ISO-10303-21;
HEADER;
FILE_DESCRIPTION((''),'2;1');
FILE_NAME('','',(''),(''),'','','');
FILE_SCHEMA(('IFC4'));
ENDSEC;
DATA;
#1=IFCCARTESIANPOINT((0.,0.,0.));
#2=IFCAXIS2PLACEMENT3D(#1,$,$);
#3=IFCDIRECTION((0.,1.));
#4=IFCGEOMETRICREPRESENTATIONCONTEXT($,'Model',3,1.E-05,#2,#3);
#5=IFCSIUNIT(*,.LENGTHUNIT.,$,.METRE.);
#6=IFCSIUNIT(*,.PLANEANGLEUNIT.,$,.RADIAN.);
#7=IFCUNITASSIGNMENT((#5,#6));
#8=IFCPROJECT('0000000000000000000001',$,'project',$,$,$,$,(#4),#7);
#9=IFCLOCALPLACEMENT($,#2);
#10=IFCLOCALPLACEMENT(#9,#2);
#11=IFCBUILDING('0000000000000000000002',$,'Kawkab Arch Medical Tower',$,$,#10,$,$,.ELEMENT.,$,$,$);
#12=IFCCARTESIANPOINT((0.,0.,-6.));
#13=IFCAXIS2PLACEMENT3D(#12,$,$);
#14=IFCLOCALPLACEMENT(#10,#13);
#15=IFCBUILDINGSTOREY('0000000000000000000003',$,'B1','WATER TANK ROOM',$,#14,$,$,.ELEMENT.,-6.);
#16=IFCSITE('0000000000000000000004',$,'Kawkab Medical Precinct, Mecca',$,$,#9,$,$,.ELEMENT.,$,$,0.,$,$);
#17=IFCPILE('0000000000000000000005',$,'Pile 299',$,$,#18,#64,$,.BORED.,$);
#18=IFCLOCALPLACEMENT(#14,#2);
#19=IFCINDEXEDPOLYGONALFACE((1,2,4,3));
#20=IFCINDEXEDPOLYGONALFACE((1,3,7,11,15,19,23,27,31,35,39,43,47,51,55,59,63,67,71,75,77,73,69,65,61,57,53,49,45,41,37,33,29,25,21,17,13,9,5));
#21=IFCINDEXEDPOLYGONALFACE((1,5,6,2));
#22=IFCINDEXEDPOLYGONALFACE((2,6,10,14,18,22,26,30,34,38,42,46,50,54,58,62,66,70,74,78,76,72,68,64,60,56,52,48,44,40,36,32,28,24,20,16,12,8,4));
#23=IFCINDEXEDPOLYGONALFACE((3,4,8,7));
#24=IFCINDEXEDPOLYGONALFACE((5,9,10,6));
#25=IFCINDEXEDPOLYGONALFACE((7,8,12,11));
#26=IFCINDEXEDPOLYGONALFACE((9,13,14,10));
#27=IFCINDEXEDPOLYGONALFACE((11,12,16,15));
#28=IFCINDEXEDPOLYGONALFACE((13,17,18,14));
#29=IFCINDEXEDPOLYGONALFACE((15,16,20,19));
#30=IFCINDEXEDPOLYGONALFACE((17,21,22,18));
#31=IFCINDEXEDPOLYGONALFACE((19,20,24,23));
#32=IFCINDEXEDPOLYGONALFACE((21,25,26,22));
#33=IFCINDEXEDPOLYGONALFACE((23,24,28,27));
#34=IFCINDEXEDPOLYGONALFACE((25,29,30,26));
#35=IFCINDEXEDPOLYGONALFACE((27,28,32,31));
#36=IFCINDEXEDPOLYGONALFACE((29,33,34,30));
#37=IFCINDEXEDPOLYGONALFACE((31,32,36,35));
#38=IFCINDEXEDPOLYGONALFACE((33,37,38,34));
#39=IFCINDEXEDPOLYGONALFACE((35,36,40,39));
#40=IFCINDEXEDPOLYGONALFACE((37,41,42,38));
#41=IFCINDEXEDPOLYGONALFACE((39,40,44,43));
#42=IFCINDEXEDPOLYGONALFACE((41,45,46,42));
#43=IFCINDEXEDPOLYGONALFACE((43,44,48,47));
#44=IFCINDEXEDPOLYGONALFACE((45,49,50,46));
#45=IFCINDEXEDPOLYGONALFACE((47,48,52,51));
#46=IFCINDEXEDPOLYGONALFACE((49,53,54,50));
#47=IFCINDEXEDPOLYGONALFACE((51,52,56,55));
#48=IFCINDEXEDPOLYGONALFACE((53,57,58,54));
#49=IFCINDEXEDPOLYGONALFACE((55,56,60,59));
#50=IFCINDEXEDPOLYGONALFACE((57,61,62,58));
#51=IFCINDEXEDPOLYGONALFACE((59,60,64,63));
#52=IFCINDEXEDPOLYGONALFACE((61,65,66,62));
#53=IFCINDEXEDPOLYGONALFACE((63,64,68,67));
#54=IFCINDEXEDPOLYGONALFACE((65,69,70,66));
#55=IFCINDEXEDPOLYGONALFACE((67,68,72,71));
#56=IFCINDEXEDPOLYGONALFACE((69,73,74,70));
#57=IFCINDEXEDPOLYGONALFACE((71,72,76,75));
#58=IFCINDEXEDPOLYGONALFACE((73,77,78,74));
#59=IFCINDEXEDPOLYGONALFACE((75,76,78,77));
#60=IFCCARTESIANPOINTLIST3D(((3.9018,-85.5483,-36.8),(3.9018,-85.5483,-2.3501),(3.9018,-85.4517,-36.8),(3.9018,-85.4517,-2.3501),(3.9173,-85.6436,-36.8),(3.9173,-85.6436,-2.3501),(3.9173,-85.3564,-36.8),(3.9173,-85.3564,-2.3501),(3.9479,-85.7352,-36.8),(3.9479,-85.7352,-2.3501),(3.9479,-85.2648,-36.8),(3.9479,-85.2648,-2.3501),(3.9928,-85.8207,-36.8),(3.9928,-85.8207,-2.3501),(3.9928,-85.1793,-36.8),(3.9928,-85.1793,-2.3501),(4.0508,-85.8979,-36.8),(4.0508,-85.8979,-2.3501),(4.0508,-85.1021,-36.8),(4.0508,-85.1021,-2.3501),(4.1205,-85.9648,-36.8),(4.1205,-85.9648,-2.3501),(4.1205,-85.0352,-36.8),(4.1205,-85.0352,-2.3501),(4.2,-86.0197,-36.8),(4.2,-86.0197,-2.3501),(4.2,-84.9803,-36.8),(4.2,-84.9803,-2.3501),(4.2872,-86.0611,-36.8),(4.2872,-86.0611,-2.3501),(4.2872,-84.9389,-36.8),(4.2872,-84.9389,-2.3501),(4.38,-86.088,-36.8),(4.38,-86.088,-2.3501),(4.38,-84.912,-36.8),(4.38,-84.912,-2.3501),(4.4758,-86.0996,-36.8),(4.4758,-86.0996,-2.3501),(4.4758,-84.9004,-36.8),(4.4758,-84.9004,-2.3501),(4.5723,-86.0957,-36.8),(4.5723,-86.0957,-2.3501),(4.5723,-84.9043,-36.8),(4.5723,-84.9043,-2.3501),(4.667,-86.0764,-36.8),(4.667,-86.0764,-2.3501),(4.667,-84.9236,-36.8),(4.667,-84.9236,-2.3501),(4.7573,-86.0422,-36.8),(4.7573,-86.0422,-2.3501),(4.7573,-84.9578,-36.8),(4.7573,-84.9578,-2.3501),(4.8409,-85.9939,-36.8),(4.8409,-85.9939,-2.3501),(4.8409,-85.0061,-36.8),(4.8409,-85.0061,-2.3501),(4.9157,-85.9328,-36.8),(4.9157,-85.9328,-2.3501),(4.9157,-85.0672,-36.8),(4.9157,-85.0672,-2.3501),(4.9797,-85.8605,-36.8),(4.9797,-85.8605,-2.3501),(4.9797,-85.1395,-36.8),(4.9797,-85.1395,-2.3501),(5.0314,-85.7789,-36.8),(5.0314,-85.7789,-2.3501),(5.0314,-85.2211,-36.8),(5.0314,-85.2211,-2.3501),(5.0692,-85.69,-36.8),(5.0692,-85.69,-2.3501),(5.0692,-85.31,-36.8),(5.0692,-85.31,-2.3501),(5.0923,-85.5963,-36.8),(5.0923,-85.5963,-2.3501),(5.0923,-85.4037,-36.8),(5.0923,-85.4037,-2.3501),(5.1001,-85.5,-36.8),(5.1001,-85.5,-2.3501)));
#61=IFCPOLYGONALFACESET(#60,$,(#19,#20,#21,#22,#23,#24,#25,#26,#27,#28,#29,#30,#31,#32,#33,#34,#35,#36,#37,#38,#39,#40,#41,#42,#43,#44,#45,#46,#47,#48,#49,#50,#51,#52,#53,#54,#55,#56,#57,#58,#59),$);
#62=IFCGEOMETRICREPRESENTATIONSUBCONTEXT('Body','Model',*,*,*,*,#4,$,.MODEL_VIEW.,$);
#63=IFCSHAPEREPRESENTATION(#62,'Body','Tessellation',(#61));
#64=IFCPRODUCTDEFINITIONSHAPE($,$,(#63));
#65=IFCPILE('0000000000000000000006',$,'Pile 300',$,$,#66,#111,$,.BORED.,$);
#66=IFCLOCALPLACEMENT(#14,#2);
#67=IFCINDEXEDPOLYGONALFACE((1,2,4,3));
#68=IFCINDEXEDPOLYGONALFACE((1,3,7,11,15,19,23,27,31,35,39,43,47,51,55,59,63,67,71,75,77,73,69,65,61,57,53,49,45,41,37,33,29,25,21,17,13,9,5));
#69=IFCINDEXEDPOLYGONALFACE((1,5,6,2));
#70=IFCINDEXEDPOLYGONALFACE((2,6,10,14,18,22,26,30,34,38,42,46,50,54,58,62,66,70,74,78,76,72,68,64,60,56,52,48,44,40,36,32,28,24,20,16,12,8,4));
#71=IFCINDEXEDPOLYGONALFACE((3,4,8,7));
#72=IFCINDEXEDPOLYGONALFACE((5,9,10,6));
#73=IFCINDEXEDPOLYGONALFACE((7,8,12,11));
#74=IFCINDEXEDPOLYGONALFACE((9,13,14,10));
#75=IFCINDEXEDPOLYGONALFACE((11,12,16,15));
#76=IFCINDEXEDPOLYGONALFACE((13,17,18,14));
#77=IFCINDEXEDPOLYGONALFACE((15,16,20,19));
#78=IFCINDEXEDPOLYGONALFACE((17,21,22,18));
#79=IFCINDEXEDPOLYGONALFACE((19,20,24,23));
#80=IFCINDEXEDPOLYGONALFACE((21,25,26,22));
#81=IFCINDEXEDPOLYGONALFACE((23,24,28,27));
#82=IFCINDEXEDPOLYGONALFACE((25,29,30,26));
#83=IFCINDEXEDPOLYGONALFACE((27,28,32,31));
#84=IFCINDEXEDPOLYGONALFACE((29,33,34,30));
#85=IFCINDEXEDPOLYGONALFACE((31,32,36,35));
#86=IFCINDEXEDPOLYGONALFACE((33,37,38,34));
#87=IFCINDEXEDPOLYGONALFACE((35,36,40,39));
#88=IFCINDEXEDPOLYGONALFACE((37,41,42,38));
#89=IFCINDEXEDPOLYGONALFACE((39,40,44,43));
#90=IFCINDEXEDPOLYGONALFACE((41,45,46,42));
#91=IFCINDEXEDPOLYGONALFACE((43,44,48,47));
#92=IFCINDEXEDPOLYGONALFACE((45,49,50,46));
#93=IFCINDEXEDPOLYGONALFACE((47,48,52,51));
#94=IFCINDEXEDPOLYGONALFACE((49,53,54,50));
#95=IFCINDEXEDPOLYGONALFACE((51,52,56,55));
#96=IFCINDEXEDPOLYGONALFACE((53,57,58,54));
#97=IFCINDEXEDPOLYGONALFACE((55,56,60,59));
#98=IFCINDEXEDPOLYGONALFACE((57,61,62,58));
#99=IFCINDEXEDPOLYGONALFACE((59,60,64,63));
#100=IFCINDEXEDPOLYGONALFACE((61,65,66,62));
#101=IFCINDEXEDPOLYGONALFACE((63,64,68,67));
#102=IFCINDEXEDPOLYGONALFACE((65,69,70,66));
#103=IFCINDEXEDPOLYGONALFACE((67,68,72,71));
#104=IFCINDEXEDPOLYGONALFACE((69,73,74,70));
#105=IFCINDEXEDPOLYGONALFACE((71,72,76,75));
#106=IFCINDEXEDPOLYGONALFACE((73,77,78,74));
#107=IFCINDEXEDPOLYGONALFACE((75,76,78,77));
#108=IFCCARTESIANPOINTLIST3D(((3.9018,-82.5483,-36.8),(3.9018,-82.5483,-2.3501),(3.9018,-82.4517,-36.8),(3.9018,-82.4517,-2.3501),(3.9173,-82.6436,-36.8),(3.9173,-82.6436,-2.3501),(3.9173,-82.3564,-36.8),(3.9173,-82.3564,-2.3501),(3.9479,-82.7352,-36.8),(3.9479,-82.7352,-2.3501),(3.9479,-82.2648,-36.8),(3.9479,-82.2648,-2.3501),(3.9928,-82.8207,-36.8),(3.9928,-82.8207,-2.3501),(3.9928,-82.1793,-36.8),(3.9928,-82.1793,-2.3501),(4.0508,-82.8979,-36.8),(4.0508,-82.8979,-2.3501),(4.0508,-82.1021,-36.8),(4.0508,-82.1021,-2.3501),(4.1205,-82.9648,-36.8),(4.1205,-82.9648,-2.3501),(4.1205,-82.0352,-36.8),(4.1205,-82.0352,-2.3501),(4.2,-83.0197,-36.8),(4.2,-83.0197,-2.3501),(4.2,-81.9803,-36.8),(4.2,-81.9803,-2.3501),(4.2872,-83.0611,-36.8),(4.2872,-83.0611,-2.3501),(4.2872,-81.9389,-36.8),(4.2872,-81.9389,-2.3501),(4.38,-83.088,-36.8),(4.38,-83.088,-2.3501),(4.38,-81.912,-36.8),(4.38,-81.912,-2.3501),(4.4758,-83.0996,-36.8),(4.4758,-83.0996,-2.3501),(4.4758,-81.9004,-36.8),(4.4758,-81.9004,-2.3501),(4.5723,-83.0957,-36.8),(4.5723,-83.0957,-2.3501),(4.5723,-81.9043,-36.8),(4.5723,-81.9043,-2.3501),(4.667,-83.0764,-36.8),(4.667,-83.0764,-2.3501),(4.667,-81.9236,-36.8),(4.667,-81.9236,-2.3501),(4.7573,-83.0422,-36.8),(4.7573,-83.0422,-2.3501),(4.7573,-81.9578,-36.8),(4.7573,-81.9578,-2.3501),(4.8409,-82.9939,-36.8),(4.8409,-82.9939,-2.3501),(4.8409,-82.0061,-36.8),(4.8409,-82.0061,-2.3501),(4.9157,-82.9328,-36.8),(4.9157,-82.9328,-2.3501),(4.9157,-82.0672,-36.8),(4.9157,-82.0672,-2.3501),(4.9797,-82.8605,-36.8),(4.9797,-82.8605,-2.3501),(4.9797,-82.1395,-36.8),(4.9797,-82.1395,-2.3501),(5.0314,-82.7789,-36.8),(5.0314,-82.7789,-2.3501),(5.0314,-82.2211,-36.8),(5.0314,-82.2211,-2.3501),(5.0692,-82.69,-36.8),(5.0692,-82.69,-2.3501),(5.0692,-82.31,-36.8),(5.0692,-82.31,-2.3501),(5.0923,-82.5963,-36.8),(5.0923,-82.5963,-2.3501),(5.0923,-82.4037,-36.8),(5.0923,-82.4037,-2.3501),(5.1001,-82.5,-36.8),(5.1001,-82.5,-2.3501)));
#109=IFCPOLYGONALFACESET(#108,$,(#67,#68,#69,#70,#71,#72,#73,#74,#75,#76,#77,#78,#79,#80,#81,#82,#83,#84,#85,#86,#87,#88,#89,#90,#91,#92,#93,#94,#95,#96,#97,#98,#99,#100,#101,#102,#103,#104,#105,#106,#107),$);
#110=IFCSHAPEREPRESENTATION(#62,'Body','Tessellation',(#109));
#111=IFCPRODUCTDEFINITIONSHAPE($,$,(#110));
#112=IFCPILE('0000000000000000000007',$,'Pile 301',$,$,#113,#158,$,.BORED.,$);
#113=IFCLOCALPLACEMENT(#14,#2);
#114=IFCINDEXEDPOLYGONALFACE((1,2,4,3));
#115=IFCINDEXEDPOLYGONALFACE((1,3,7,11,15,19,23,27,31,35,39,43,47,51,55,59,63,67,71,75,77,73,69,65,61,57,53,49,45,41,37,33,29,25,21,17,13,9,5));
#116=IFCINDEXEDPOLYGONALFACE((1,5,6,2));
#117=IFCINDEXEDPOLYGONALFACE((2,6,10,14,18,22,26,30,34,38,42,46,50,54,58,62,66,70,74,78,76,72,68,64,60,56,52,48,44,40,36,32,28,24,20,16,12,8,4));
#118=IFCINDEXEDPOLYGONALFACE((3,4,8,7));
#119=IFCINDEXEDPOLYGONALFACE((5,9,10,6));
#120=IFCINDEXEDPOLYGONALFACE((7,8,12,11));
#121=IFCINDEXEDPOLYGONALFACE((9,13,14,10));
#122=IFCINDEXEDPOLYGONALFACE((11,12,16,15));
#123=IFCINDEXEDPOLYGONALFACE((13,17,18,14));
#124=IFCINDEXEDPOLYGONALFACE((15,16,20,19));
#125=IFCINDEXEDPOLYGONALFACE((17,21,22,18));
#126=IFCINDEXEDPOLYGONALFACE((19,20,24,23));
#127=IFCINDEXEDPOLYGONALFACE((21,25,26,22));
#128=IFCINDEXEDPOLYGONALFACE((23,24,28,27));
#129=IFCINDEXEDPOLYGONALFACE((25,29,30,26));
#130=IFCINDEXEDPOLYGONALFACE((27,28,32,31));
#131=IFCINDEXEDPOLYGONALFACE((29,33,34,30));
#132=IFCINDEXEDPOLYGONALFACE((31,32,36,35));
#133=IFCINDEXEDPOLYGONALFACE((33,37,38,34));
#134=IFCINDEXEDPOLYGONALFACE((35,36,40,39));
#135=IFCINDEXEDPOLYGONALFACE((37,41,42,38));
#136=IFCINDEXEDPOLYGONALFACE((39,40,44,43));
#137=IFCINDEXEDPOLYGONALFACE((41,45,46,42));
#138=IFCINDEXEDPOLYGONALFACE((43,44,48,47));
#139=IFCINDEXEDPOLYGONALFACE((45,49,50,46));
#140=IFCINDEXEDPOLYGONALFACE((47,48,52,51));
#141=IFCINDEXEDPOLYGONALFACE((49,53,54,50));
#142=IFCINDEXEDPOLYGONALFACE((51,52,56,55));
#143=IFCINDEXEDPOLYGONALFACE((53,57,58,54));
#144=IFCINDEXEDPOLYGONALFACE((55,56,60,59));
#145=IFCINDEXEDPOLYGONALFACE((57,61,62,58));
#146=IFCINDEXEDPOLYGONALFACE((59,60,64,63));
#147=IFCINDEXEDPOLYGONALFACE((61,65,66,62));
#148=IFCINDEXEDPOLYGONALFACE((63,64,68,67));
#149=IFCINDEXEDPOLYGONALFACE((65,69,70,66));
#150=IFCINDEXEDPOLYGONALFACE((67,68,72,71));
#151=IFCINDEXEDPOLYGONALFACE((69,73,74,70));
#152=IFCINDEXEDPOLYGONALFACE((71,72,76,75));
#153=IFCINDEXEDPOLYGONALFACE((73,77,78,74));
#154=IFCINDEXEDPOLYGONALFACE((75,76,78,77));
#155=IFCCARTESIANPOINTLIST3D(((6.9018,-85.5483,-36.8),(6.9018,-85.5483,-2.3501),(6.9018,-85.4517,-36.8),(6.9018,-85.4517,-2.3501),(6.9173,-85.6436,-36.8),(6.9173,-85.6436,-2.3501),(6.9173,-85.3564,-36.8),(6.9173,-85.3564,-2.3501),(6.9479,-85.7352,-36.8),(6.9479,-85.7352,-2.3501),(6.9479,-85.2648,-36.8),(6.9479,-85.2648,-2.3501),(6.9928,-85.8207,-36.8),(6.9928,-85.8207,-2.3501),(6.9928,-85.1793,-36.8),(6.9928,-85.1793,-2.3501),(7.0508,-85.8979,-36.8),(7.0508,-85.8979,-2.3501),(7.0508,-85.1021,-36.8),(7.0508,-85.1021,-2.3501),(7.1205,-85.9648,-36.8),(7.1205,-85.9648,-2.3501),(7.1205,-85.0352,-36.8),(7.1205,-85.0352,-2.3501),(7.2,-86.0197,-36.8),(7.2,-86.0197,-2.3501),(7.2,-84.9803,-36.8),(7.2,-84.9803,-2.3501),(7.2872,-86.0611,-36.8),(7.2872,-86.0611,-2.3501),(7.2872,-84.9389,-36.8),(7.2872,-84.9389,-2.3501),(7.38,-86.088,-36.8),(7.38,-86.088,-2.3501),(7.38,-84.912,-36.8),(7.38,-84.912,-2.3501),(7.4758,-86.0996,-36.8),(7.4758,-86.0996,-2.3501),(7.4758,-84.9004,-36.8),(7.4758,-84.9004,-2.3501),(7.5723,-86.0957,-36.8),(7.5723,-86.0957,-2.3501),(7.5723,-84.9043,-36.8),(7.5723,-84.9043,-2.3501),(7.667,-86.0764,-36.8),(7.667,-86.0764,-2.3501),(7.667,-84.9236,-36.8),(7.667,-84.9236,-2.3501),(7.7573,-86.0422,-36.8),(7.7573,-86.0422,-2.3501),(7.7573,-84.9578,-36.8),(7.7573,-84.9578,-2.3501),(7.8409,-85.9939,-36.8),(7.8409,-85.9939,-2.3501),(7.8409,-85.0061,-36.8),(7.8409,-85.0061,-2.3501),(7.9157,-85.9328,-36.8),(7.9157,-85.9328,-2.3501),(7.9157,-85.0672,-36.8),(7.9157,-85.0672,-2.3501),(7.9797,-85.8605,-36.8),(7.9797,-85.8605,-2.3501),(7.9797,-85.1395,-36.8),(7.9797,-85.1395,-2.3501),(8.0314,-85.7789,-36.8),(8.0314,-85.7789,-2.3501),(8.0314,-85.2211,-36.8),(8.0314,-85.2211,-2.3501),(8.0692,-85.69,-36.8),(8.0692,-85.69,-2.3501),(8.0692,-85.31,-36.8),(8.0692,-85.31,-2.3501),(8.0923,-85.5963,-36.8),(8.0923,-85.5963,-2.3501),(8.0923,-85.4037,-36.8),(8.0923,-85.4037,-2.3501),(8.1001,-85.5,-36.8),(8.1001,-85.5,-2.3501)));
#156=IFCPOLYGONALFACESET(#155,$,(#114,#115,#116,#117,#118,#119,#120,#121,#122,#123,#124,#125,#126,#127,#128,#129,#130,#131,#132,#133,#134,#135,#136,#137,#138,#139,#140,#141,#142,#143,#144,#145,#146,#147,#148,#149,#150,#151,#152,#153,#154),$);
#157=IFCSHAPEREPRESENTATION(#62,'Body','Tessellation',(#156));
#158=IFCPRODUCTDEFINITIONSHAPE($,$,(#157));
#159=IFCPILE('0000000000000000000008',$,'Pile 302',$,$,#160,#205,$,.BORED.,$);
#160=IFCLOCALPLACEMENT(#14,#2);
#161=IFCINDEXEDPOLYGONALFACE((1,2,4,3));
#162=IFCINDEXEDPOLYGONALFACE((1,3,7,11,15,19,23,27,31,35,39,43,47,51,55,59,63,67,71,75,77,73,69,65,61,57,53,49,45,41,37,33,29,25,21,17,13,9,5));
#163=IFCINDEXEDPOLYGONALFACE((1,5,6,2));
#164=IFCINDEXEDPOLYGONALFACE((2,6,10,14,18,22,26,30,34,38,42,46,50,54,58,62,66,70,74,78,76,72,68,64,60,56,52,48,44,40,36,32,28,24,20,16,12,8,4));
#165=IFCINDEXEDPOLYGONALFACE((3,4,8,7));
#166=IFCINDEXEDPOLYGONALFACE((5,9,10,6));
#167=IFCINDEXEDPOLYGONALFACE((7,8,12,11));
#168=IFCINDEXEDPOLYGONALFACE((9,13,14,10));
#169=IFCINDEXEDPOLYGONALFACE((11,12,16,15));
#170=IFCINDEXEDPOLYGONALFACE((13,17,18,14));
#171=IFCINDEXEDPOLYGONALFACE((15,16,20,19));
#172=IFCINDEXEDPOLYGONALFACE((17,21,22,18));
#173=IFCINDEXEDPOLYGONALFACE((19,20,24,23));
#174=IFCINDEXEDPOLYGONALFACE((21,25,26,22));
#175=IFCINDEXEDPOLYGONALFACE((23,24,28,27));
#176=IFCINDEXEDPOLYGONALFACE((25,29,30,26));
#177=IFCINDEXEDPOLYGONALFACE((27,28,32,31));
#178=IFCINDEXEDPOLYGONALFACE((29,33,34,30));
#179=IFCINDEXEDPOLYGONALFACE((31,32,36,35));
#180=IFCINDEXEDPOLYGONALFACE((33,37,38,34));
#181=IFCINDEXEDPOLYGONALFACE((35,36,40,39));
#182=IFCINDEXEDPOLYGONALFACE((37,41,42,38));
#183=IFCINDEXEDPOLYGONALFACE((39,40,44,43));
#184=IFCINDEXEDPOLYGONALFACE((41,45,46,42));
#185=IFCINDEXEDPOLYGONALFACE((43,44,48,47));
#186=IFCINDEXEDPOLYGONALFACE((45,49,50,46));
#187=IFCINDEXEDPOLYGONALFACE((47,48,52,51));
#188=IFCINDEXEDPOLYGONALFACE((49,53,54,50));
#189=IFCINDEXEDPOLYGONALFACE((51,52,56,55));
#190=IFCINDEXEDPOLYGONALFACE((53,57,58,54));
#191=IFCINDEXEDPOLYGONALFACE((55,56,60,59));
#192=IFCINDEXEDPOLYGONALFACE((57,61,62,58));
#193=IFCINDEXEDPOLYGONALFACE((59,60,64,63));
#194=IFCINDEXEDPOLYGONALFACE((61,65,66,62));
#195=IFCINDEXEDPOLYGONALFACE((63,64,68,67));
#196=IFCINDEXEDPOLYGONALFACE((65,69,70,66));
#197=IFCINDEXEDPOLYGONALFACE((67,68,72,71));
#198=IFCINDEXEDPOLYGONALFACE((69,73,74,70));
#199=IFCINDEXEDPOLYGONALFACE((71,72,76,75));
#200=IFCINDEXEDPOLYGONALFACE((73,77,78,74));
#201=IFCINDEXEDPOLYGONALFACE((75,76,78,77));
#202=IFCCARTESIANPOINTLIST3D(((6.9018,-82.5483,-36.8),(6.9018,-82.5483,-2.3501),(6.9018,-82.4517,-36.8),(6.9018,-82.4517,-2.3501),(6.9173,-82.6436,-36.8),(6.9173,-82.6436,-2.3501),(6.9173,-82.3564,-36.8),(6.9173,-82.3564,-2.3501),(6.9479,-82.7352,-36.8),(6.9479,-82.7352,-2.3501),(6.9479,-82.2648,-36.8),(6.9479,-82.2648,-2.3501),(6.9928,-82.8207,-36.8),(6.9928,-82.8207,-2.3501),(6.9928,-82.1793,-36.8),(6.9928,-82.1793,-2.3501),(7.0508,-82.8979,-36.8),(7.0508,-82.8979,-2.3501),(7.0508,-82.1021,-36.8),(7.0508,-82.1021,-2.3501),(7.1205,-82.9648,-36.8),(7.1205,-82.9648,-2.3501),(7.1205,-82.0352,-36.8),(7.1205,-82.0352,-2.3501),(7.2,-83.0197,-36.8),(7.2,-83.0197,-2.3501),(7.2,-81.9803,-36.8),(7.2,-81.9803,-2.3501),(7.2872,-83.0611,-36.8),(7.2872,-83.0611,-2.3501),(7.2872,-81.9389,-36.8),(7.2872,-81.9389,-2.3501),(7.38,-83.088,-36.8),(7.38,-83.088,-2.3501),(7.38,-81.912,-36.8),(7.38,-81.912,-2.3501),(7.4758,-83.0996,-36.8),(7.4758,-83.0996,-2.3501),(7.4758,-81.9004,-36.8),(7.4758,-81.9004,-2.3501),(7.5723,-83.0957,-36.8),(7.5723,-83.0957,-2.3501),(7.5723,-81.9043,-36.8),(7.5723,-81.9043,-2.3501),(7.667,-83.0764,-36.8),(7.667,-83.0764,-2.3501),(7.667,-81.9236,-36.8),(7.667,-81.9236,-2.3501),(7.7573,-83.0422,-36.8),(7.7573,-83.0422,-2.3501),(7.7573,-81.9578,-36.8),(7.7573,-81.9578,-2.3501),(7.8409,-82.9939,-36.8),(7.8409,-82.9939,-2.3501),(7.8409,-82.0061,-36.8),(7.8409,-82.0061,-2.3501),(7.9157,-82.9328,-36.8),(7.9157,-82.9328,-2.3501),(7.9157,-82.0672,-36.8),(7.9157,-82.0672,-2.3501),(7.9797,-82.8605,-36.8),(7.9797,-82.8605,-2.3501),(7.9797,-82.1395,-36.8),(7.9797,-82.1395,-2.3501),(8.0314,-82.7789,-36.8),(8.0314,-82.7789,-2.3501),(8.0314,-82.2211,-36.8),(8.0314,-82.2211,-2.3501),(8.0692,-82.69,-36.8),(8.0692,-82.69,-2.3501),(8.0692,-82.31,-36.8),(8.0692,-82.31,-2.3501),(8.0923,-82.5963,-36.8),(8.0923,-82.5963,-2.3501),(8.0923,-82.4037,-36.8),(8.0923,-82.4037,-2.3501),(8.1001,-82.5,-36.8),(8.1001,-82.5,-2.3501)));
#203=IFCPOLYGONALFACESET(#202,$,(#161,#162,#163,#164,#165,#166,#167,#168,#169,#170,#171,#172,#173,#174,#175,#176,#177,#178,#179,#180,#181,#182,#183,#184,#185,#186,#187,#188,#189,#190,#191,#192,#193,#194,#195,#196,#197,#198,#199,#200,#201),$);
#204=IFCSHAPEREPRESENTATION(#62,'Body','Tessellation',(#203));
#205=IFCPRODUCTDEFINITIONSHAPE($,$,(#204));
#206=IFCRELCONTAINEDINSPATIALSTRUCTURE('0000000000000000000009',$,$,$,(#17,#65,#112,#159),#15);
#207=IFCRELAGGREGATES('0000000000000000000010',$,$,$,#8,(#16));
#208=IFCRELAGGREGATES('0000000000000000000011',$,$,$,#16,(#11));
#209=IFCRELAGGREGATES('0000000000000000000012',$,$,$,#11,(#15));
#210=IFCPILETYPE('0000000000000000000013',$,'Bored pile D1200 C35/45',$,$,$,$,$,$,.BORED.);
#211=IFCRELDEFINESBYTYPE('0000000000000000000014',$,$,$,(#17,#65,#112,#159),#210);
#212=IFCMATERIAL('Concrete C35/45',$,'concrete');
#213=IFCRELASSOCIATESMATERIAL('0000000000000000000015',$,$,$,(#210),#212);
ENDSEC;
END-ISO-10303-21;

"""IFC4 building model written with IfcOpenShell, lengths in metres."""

from ifc_helpers import new_model, si_unit, direction, frame, origin, origin_2d, place, context, subcontext, project, spatial, circle, extrude, material, material_profile, profile_set, type_object, element, save


model = new_model("IFC4")

# Units and contexts
model_context = context("Model", 3, precision=1e-05, world=origin(), true_north=direction((0.0, 1.0)))
body_context = subcontext(model_context, "Body", "Model", "MODEL_VIEW")
ifc_project = project(units=[si_unit("LENGTHUNIT", "METRE"), si_unit("PLANEANGLEUNIT", "RADIAN")], contexts=[model_context])

# Site, building, storey
site_placement = place(None, origin())
site = spatial("IfcSite", under=ifc_project, at=site_placement, Name="Kawkab Medical Precinct, Mecca", CompositionType="ELEMENT", RefElevation=0.0)
building_placement = place(site_placement, origin())
building = spatial("IfcBuilding", under=site, at=building_placement, Name="Kawkab Arch Medical Tower", CompositionType="ELEMENT")
storey_placement = place(building_placement, frame((0.0, 0.0, -6.0)))
storey = spatial("IfcBuildingStorey", under=building, at=storey_placement, Name="B1", Description="WATER TANK ROOM", CompositionType="ELEMENT", Elevation=-6.0)

# Piles
ifc_material_1 = material(Name="Concrete C35/45", Category="concrete")
ifc_material_profile_1 = material_profile(ifc_material_1, circle(Radius=0.6001, at=origin_2d()), Name="Bored pile D1200")
ifc_profile_set_1 = profile_set([ifc_material_profile_1], Name="Concrete C35/45")
pile_type = type_object("IfcPileType", Name="Bored pile D1200 C35/45", PredefinedType="BORED", material=ifc_profile_set_1)
for number, where, z_axis, x_axis, name in (
    (1, (4.5, -85.5, -2.3501), (0.0, 0.0, -1.0), (1.0, 0.0, 0.0), "Pile 299"),
    (2, (4.5, -82.5, -2.3501), (0.0, 0.0, -1.0), (1.0, 0.0, 0.0), "Pile 300"),
    (3, (7.5, -85.5, -2.3501), (0.0, 0.0, -1.0), (1.0, 0.0, 0.0), "Pile 301"),
    (4, (7.5, -82.5, -2.3501), (0.0, 0.0, -1.0), (1.0, 0.0, 0.0), "Pile 302"),
):
    element("IfcPile", number, at=place(storey_placement, frame(where, z_axis=z_axis, x_axis=x_axis)), inside=storey, type_object=pile_type, Name=name, PredefinedType="BORED", context=body_context, shape_type="SweptSolid", body=[
        extrude(circle(Radius=0.6001, at=origin_2d()), origin(), (0.0, 0.0, 1.0), 34.45),
    ])

save(model, "model.ifc")
